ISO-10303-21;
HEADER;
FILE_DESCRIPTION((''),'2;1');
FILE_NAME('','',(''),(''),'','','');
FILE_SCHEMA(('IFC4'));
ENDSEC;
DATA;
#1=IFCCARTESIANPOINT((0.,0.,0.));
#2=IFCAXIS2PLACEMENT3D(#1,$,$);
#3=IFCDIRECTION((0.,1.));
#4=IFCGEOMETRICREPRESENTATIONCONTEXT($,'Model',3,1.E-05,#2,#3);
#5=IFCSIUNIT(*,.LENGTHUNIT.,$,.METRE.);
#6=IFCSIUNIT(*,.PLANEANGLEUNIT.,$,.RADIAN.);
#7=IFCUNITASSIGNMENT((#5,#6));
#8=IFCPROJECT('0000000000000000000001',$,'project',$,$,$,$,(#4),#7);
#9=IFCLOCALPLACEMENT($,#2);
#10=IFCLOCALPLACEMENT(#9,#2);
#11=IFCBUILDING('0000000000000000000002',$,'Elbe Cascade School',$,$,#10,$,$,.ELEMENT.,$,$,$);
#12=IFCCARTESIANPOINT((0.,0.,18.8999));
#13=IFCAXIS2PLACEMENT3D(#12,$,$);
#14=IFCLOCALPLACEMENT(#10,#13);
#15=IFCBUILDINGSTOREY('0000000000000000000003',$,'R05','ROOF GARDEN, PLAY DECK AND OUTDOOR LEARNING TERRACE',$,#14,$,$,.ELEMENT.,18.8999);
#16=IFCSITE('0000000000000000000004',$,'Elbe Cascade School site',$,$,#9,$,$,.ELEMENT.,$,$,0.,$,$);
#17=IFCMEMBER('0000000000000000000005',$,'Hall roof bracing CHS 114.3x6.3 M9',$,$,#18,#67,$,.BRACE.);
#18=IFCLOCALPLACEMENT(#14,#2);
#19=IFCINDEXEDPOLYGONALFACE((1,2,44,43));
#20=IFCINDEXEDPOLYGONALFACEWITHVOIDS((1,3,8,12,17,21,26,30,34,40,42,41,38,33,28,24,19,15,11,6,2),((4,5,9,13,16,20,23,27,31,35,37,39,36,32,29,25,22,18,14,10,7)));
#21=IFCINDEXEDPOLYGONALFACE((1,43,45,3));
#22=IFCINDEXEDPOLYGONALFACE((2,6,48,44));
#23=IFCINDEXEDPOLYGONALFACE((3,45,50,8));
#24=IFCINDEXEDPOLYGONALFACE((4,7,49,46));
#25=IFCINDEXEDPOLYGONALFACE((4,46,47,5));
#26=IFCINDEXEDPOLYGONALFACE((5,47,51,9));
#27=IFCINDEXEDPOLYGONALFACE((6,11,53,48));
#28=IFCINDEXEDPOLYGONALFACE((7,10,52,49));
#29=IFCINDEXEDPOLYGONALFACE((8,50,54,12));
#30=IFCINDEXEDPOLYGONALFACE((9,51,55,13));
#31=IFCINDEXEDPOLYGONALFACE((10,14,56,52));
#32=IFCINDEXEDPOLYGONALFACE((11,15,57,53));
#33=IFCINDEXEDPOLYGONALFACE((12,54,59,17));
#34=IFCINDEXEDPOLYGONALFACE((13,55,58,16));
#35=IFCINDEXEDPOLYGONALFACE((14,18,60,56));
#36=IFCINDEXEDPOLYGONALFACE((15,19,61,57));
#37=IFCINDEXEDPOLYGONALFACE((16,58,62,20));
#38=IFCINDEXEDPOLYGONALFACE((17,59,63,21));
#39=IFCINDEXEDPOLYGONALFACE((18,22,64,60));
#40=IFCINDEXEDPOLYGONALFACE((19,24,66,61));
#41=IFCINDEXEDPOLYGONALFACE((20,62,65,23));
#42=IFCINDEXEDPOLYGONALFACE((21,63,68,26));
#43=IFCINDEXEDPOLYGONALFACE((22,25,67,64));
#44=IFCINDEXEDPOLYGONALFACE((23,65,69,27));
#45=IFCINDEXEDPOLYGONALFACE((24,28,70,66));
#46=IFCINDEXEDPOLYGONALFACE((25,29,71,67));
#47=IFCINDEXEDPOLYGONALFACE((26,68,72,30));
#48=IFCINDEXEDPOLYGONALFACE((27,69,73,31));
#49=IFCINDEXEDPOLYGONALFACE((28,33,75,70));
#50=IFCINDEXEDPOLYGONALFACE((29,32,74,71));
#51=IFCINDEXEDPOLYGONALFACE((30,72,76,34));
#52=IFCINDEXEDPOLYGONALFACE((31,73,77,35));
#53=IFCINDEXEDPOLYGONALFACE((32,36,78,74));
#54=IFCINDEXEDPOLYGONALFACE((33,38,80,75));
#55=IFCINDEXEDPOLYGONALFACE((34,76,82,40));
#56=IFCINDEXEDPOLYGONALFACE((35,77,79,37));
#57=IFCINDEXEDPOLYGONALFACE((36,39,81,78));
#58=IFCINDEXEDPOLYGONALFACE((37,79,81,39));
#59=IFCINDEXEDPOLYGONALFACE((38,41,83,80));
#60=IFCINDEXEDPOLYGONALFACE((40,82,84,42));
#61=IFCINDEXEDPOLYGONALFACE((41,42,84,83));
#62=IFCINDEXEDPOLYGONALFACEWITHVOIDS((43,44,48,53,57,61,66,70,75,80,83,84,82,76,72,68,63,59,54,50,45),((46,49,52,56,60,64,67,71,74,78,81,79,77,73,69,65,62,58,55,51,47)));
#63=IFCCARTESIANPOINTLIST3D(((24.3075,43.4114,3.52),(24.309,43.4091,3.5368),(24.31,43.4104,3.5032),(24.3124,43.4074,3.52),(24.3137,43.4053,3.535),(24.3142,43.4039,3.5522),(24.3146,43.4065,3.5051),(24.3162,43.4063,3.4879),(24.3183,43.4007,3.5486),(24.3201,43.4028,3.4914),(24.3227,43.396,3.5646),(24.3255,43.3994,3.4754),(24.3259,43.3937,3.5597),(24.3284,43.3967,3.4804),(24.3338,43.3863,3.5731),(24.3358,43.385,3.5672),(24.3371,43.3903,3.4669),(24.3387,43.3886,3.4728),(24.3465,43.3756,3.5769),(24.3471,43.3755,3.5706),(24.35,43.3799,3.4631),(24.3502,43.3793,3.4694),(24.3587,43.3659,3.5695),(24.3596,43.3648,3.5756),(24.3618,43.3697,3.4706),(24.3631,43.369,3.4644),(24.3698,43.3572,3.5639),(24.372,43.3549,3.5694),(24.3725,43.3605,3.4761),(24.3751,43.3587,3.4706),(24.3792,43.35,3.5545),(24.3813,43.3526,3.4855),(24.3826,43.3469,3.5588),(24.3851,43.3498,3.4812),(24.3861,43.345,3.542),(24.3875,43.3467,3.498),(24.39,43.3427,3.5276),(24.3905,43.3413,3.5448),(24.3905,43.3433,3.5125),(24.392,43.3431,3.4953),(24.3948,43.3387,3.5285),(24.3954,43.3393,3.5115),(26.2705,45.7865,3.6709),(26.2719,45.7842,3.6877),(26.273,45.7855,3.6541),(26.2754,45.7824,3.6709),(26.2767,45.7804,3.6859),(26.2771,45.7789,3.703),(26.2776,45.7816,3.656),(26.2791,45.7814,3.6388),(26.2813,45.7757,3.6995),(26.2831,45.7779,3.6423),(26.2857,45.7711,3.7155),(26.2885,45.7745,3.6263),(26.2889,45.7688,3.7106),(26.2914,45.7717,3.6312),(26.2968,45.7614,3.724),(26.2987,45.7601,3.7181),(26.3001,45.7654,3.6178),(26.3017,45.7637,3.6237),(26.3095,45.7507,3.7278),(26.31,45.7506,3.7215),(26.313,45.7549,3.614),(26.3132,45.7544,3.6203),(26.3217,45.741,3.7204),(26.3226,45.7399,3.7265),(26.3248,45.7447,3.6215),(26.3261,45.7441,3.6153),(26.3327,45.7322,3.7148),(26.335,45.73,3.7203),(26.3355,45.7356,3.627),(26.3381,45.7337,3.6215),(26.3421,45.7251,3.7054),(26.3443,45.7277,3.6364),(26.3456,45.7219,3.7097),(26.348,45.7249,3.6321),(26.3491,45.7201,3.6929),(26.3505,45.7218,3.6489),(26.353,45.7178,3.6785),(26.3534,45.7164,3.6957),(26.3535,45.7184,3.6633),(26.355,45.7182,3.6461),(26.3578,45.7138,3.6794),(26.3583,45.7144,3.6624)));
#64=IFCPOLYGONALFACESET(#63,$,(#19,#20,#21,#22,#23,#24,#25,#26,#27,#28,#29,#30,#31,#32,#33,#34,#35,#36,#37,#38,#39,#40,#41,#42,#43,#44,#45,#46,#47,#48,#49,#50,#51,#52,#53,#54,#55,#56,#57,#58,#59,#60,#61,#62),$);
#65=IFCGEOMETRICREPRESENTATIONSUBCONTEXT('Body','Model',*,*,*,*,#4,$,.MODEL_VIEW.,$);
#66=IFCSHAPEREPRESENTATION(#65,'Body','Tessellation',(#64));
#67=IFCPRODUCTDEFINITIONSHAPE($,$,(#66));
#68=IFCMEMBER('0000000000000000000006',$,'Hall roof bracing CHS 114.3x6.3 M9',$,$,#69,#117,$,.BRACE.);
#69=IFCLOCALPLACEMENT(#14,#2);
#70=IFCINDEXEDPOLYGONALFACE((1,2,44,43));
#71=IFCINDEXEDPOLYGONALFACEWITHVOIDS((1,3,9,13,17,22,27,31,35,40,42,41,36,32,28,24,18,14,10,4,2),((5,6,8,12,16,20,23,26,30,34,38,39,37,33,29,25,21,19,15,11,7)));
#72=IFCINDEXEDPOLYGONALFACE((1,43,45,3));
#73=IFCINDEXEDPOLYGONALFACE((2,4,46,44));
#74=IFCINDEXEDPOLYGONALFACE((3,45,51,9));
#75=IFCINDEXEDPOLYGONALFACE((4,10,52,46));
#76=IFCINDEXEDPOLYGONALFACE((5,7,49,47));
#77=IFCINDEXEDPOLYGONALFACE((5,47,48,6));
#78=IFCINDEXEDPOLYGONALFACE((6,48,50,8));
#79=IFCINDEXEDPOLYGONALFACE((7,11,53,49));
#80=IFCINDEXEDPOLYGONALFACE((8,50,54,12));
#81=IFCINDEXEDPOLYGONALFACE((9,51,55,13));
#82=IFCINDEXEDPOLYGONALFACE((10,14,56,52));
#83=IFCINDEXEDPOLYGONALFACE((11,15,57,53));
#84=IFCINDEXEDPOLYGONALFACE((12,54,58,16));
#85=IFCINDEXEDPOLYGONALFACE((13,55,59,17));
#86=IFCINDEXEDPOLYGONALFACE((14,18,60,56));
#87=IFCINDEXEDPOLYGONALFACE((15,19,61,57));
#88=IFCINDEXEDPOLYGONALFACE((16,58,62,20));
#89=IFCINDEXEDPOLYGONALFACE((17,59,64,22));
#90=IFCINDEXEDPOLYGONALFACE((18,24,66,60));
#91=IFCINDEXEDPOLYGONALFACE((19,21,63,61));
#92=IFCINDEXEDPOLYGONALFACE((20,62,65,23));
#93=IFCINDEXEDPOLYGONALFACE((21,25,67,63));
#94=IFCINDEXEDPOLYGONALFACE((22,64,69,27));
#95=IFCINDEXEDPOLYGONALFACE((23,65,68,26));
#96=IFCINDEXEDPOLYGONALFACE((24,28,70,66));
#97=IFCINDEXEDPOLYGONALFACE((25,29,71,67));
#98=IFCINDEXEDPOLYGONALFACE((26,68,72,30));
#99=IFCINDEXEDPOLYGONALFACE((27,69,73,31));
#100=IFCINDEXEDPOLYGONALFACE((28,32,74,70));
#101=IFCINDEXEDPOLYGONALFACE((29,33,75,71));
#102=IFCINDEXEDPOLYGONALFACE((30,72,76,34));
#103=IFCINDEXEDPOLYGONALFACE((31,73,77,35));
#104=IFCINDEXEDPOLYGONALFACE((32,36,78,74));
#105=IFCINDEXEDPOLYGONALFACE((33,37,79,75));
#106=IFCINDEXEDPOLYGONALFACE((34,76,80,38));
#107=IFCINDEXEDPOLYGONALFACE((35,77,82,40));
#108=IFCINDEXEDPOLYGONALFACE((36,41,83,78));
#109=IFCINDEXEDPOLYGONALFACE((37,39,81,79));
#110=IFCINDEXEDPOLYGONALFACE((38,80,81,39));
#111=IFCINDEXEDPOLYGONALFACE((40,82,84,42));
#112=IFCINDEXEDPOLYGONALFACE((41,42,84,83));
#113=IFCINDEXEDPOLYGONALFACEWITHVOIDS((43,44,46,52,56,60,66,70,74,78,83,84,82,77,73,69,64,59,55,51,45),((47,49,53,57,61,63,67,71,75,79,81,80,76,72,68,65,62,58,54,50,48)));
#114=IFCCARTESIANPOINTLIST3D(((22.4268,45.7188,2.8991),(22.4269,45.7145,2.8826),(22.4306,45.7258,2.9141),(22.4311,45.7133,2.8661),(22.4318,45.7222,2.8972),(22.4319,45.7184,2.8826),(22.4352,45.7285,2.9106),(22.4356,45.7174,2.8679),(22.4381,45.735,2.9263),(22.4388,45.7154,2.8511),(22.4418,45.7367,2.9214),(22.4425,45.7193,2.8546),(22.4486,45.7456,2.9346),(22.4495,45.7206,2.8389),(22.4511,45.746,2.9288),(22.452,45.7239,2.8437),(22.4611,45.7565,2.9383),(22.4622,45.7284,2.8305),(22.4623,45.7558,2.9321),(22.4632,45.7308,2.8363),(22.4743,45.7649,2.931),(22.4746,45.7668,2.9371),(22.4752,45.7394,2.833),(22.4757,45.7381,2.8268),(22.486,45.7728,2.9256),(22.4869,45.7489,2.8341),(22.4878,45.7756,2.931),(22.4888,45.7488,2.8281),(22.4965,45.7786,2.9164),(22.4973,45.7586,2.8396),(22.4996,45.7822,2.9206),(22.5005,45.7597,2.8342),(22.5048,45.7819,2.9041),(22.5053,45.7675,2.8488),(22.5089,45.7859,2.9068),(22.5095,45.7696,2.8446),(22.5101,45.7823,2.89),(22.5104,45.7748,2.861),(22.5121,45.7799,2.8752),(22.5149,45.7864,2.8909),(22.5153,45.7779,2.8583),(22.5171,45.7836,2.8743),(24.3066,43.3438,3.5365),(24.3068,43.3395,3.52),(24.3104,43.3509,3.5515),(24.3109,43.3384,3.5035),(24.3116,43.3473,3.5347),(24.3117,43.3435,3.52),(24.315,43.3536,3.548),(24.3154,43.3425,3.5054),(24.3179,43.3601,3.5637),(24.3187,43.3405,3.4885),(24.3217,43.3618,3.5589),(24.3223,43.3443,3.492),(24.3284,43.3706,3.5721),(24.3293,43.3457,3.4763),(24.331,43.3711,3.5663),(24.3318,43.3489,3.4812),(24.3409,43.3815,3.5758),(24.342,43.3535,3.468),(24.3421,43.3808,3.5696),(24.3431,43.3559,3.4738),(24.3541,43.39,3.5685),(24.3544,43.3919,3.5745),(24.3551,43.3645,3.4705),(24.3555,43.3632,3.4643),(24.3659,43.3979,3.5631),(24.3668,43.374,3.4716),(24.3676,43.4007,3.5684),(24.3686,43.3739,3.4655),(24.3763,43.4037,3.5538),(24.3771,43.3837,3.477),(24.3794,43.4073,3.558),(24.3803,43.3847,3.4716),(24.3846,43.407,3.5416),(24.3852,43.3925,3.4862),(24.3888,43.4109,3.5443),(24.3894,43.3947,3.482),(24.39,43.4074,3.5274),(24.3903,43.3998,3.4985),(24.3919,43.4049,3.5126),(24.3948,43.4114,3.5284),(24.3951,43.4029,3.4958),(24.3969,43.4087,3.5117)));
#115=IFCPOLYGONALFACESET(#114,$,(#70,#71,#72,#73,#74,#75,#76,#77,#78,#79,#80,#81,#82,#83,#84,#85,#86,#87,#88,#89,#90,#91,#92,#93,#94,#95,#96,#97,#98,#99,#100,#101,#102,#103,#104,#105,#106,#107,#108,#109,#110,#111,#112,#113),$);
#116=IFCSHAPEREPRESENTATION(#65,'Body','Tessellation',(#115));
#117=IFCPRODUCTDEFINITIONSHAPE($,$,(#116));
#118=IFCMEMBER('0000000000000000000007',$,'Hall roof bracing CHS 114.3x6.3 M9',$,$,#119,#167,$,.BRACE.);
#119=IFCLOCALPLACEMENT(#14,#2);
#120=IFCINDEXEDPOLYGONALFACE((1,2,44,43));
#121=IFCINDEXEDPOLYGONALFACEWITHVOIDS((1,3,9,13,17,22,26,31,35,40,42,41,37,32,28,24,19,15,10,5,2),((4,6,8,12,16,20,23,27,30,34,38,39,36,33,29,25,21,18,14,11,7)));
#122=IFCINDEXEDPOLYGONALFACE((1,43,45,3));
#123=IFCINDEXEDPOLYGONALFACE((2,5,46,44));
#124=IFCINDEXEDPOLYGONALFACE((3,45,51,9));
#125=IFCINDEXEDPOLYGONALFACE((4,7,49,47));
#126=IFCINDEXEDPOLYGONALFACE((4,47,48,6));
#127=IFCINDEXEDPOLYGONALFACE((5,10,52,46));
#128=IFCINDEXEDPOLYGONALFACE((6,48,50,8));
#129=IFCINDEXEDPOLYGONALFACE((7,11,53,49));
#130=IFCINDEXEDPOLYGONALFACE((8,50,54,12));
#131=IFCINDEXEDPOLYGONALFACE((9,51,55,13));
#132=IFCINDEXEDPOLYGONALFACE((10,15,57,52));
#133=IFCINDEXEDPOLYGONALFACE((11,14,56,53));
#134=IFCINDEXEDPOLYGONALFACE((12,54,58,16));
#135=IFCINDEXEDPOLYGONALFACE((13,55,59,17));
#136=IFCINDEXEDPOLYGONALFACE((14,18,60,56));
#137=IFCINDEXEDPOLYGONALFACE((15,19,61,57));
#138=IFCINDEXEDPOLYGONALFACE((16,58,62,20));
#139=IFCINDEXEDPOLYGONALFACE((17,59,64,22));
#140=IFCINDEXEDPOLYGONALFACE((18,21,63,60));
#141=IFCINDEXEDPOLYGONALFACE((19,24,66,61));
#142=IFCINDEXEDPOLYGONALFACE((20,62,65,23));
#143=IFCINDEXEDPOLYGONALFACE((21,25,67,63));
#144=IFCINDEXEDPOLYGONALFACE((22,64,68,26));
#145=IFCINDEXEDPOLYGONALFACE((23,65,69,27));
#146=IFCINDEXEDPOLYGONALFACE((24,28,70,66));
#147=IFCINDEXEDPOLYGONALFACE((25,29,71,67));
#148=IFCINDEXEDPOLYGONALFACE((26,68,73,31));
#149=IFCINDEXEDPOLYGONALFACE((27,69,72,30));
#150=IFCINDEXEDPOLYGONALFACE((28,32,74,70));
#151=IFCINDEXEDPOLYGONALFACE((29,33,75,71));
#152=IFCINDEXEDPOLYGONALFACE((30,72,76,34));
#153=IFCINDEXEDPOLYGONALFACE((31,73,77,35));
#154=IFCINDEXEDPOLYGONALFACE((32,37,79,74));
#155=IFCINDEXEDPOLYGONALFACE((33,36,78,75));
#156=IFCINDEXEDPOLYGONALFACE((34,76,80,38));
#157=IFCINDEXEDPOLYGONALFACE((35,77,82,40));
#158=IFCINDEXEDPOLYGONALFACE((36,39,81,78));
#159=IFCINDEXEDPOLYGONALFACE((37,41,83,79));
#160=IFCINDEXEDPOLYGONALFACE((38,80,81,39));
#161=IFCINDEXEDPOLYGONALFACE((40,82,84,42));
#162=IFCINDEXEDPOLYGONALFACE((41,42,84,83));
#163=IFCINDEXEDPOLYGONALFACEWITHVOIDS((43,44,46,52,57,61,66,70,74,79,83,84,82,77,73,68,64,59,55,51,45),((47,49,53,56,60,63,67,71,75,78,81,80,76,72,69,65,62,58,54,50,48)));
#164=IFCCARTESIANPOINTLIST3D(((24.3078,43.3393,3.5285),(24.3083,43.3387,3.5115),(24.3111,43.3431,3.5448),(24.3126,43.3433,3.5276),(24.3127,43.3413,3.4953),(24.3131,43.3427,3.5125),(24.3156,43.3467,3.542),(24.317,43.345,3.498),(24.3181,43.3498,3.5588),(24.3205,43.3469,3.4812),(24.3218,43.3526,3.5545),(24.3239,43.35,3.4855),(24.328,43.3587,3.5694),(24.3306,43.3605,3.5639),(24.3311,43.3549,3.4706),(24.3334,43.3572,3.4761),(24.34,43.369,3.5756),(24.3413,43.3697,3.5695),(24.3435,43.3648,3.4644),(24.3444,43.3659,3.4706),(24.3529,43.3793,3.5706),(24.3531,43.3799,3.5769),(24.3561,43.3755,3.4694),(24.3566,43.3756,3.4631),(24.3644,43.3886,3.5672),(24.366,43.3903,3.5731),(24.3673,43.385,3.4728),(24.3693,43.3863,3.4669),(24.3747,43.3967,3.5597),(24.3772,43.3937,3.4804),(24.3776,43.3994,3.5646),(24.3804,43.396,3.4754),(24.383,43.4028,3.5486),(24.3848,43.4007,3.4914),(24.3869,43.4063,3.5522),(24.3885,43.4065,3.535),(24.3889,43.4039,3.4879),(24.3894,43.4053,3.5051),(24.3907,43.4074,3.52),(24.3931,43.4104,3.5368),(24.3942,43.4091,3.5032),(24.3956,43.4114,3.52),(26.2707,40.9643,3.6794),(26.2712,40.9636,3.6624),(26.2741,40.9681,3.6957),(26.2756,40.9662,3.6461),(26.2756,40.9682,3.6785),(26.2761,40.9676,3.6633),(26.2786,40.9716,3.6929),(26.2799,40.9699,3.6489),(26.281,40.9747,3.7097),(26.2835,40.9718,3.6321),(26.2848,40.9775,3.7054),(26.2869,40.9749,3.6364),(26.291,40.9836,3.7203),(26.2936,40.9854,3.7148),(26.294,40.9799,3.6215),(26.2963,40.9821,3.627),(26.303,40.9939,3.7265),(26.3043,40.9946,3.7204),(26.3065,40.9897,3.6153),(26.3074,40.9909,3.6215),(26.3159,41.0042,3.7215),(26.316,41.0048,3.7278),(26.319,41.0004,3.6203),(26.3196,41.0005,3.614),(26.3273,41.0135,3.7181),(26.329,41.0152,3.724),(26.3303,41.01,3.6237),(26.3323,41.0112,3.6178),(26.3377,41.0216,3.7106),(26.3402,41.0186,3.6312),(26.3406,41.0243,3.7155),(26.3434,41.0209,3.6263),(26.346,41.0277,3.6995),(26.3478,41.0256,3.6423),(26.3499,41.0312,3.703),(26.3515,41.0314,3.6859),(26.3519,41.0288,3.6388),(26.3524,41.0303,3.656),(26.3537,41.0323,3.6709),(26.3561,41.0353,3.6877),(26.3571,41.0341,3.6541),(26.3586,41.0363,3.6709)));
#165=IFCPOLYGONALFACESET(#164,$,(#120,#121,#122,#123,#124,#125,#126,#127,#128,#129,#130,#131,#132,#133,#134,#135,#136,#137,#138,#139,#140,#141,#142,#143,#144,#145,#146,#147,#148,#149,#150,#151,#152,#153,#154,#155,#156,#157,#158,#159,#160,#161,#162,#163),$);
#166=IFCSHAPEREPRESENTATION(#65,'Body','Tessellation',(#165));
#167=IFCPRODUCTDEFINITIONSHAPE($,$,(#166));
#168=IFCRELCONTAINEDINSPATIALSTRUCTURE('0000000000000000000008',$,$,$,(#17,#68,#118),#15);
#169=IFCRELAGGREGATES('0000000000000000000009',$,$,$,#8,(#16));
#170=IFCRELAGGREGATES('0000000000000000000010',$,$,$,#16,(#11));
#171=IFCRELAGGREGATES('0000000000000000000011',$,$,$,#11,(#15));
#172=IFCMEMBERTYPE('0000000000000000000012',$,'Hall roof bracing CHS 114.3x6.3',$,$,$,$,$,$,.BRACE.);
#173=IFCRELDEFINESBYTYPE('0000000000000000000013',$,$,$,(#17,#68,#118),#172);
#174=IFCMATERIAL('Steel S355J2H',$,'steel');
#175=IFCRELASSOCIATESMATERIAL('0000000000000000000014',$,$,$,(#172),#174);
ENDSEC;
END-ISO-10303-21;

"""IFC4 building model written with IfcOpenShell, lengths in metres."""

from ifc_helpers import new_model, si_unit, direction, frame, origin, origin_2d, place, context, subcontext, project, spatial, hollow_circle, extrude, material, material_profile, profile_set, type_object, element, save


model = new_model("IFC4")

# Units and contexts
model_context = context("Model", 3, precision=1e-05, world=origin(), true_north=direction((0.0, 1.0)))
body_context = subcontext(model_context, "Body", "Model", "MODEL_VIEW")
ifc_project = project(units=[si_unit("LENGTHUNIT", "METRE"), si_unit("PLANEANGLEUNIT", "RADIAN")], contexts=[model_context])

# Site, building, storey
site_placement = place(None, origin())
site = spatial("IfcSite", under=ifc_project, at=site_placement, Name="Elbe Cascade School site", CompositionType="ELEMENT", RefElevation=0.0)
building_placement = place(site_placement, origin())
building = spatial("IfcBuilding", under=site, at=building_placement, Name="Elbe Cascade School", CompositionType="ELEMENT")
storey_placement = place(building_placement, frame((0.0, 0.0, 18.8999)))
storey = spatial("IfcBuildingStorey", under=building, at=storey_placement, Name="R05", Description="ROOF GARDEN, PLAY DECK AND OUTDOOR LEARNING TERRACE", CompositionType="ELEMENT", Elevation=18.8999)

# Members
ifc_material_1 = material(Name="Steel S355J2H", Category="steel")
ifc_material_profile_1 = material_profile(ifc_material_1, hollow_circle(Radius=0.0571, WallThickness=0.0063, at=origin_2d()), Name="CHS 114.3x6.3")
ifc_profile_set_1 = profile_set([ifc_material_profile_1], Name="Steel S355J2H")
member_type_1 = type_object("IfcMemberType", Name="Hall roof bracing CHS 114.3x6.3", PredefinedType="BRACE", material=ifc_profile_set_1)
member_1_placement = place(storey_placement, frame((24.3516, 43.375, 3.52), z_axis=(0.636299, 0.76989, 0.04891), x_axis=(-0.770813, 0.637062, 0.0)))
element("IfcMember", 1, at=member_1_placement, inside=storey, type_object=member_type_1, Name="Hall roof bracing CHS 114.3x6.3 M9", PredefinedType="BRACE", context=body_context, shape_type="SweptSolid", body=[
    extrude(hollow_circle(Radius=0.0571, WallThickness=0.0063, at=origin_2d()), origin(), (0.0, 0.0, 1.0), 3.085),
])
member_2_placement = place(storey_placement, frame((24.3516, 43.375, 3.52), z_axis=(-0.607333, 0.76729, -0.205941), x_axis=(-0.784098, -0.620637, 0.0)))
element("IfcMember", 2, at=member_2_placement, inside=storey, type_object=member_type_1, Name="Hall roof bracing CHS 114.3x6.3 M9", PredefinedType="BRACE", context=body_context, shape_type="SweptSolid", body=[
    extrude(hollow_circle(Radius=0.0571, WallThickness=0.0063, at=origin_2d()), origin(), (0.0, 0.0, 1.0), 3.0952),
])
member_3_placement = place(storey_placement, frame((24.3516, 43.375, 3.52), z_axis=(0.636299, -0.76989, 0.04891), x_axis=(0.770813, 0.637062, 0.0)))
element("IfcMember", 3, at=member_3_placement, inside=storey, type_object=member_type_1, Name="Hall roof bracing CHS 114.3x6.3 M9", PredefinedType="BRACE", context=body_context, shape_type="SweptSolid", body=[
    extrude(hollow_circle(Radius=0.0571, WallThickness=0.0063, at=origin_2d()), origin(), (0.0, 0.0, 1.0), 3.085),
])

save(model, "model.ifc")
